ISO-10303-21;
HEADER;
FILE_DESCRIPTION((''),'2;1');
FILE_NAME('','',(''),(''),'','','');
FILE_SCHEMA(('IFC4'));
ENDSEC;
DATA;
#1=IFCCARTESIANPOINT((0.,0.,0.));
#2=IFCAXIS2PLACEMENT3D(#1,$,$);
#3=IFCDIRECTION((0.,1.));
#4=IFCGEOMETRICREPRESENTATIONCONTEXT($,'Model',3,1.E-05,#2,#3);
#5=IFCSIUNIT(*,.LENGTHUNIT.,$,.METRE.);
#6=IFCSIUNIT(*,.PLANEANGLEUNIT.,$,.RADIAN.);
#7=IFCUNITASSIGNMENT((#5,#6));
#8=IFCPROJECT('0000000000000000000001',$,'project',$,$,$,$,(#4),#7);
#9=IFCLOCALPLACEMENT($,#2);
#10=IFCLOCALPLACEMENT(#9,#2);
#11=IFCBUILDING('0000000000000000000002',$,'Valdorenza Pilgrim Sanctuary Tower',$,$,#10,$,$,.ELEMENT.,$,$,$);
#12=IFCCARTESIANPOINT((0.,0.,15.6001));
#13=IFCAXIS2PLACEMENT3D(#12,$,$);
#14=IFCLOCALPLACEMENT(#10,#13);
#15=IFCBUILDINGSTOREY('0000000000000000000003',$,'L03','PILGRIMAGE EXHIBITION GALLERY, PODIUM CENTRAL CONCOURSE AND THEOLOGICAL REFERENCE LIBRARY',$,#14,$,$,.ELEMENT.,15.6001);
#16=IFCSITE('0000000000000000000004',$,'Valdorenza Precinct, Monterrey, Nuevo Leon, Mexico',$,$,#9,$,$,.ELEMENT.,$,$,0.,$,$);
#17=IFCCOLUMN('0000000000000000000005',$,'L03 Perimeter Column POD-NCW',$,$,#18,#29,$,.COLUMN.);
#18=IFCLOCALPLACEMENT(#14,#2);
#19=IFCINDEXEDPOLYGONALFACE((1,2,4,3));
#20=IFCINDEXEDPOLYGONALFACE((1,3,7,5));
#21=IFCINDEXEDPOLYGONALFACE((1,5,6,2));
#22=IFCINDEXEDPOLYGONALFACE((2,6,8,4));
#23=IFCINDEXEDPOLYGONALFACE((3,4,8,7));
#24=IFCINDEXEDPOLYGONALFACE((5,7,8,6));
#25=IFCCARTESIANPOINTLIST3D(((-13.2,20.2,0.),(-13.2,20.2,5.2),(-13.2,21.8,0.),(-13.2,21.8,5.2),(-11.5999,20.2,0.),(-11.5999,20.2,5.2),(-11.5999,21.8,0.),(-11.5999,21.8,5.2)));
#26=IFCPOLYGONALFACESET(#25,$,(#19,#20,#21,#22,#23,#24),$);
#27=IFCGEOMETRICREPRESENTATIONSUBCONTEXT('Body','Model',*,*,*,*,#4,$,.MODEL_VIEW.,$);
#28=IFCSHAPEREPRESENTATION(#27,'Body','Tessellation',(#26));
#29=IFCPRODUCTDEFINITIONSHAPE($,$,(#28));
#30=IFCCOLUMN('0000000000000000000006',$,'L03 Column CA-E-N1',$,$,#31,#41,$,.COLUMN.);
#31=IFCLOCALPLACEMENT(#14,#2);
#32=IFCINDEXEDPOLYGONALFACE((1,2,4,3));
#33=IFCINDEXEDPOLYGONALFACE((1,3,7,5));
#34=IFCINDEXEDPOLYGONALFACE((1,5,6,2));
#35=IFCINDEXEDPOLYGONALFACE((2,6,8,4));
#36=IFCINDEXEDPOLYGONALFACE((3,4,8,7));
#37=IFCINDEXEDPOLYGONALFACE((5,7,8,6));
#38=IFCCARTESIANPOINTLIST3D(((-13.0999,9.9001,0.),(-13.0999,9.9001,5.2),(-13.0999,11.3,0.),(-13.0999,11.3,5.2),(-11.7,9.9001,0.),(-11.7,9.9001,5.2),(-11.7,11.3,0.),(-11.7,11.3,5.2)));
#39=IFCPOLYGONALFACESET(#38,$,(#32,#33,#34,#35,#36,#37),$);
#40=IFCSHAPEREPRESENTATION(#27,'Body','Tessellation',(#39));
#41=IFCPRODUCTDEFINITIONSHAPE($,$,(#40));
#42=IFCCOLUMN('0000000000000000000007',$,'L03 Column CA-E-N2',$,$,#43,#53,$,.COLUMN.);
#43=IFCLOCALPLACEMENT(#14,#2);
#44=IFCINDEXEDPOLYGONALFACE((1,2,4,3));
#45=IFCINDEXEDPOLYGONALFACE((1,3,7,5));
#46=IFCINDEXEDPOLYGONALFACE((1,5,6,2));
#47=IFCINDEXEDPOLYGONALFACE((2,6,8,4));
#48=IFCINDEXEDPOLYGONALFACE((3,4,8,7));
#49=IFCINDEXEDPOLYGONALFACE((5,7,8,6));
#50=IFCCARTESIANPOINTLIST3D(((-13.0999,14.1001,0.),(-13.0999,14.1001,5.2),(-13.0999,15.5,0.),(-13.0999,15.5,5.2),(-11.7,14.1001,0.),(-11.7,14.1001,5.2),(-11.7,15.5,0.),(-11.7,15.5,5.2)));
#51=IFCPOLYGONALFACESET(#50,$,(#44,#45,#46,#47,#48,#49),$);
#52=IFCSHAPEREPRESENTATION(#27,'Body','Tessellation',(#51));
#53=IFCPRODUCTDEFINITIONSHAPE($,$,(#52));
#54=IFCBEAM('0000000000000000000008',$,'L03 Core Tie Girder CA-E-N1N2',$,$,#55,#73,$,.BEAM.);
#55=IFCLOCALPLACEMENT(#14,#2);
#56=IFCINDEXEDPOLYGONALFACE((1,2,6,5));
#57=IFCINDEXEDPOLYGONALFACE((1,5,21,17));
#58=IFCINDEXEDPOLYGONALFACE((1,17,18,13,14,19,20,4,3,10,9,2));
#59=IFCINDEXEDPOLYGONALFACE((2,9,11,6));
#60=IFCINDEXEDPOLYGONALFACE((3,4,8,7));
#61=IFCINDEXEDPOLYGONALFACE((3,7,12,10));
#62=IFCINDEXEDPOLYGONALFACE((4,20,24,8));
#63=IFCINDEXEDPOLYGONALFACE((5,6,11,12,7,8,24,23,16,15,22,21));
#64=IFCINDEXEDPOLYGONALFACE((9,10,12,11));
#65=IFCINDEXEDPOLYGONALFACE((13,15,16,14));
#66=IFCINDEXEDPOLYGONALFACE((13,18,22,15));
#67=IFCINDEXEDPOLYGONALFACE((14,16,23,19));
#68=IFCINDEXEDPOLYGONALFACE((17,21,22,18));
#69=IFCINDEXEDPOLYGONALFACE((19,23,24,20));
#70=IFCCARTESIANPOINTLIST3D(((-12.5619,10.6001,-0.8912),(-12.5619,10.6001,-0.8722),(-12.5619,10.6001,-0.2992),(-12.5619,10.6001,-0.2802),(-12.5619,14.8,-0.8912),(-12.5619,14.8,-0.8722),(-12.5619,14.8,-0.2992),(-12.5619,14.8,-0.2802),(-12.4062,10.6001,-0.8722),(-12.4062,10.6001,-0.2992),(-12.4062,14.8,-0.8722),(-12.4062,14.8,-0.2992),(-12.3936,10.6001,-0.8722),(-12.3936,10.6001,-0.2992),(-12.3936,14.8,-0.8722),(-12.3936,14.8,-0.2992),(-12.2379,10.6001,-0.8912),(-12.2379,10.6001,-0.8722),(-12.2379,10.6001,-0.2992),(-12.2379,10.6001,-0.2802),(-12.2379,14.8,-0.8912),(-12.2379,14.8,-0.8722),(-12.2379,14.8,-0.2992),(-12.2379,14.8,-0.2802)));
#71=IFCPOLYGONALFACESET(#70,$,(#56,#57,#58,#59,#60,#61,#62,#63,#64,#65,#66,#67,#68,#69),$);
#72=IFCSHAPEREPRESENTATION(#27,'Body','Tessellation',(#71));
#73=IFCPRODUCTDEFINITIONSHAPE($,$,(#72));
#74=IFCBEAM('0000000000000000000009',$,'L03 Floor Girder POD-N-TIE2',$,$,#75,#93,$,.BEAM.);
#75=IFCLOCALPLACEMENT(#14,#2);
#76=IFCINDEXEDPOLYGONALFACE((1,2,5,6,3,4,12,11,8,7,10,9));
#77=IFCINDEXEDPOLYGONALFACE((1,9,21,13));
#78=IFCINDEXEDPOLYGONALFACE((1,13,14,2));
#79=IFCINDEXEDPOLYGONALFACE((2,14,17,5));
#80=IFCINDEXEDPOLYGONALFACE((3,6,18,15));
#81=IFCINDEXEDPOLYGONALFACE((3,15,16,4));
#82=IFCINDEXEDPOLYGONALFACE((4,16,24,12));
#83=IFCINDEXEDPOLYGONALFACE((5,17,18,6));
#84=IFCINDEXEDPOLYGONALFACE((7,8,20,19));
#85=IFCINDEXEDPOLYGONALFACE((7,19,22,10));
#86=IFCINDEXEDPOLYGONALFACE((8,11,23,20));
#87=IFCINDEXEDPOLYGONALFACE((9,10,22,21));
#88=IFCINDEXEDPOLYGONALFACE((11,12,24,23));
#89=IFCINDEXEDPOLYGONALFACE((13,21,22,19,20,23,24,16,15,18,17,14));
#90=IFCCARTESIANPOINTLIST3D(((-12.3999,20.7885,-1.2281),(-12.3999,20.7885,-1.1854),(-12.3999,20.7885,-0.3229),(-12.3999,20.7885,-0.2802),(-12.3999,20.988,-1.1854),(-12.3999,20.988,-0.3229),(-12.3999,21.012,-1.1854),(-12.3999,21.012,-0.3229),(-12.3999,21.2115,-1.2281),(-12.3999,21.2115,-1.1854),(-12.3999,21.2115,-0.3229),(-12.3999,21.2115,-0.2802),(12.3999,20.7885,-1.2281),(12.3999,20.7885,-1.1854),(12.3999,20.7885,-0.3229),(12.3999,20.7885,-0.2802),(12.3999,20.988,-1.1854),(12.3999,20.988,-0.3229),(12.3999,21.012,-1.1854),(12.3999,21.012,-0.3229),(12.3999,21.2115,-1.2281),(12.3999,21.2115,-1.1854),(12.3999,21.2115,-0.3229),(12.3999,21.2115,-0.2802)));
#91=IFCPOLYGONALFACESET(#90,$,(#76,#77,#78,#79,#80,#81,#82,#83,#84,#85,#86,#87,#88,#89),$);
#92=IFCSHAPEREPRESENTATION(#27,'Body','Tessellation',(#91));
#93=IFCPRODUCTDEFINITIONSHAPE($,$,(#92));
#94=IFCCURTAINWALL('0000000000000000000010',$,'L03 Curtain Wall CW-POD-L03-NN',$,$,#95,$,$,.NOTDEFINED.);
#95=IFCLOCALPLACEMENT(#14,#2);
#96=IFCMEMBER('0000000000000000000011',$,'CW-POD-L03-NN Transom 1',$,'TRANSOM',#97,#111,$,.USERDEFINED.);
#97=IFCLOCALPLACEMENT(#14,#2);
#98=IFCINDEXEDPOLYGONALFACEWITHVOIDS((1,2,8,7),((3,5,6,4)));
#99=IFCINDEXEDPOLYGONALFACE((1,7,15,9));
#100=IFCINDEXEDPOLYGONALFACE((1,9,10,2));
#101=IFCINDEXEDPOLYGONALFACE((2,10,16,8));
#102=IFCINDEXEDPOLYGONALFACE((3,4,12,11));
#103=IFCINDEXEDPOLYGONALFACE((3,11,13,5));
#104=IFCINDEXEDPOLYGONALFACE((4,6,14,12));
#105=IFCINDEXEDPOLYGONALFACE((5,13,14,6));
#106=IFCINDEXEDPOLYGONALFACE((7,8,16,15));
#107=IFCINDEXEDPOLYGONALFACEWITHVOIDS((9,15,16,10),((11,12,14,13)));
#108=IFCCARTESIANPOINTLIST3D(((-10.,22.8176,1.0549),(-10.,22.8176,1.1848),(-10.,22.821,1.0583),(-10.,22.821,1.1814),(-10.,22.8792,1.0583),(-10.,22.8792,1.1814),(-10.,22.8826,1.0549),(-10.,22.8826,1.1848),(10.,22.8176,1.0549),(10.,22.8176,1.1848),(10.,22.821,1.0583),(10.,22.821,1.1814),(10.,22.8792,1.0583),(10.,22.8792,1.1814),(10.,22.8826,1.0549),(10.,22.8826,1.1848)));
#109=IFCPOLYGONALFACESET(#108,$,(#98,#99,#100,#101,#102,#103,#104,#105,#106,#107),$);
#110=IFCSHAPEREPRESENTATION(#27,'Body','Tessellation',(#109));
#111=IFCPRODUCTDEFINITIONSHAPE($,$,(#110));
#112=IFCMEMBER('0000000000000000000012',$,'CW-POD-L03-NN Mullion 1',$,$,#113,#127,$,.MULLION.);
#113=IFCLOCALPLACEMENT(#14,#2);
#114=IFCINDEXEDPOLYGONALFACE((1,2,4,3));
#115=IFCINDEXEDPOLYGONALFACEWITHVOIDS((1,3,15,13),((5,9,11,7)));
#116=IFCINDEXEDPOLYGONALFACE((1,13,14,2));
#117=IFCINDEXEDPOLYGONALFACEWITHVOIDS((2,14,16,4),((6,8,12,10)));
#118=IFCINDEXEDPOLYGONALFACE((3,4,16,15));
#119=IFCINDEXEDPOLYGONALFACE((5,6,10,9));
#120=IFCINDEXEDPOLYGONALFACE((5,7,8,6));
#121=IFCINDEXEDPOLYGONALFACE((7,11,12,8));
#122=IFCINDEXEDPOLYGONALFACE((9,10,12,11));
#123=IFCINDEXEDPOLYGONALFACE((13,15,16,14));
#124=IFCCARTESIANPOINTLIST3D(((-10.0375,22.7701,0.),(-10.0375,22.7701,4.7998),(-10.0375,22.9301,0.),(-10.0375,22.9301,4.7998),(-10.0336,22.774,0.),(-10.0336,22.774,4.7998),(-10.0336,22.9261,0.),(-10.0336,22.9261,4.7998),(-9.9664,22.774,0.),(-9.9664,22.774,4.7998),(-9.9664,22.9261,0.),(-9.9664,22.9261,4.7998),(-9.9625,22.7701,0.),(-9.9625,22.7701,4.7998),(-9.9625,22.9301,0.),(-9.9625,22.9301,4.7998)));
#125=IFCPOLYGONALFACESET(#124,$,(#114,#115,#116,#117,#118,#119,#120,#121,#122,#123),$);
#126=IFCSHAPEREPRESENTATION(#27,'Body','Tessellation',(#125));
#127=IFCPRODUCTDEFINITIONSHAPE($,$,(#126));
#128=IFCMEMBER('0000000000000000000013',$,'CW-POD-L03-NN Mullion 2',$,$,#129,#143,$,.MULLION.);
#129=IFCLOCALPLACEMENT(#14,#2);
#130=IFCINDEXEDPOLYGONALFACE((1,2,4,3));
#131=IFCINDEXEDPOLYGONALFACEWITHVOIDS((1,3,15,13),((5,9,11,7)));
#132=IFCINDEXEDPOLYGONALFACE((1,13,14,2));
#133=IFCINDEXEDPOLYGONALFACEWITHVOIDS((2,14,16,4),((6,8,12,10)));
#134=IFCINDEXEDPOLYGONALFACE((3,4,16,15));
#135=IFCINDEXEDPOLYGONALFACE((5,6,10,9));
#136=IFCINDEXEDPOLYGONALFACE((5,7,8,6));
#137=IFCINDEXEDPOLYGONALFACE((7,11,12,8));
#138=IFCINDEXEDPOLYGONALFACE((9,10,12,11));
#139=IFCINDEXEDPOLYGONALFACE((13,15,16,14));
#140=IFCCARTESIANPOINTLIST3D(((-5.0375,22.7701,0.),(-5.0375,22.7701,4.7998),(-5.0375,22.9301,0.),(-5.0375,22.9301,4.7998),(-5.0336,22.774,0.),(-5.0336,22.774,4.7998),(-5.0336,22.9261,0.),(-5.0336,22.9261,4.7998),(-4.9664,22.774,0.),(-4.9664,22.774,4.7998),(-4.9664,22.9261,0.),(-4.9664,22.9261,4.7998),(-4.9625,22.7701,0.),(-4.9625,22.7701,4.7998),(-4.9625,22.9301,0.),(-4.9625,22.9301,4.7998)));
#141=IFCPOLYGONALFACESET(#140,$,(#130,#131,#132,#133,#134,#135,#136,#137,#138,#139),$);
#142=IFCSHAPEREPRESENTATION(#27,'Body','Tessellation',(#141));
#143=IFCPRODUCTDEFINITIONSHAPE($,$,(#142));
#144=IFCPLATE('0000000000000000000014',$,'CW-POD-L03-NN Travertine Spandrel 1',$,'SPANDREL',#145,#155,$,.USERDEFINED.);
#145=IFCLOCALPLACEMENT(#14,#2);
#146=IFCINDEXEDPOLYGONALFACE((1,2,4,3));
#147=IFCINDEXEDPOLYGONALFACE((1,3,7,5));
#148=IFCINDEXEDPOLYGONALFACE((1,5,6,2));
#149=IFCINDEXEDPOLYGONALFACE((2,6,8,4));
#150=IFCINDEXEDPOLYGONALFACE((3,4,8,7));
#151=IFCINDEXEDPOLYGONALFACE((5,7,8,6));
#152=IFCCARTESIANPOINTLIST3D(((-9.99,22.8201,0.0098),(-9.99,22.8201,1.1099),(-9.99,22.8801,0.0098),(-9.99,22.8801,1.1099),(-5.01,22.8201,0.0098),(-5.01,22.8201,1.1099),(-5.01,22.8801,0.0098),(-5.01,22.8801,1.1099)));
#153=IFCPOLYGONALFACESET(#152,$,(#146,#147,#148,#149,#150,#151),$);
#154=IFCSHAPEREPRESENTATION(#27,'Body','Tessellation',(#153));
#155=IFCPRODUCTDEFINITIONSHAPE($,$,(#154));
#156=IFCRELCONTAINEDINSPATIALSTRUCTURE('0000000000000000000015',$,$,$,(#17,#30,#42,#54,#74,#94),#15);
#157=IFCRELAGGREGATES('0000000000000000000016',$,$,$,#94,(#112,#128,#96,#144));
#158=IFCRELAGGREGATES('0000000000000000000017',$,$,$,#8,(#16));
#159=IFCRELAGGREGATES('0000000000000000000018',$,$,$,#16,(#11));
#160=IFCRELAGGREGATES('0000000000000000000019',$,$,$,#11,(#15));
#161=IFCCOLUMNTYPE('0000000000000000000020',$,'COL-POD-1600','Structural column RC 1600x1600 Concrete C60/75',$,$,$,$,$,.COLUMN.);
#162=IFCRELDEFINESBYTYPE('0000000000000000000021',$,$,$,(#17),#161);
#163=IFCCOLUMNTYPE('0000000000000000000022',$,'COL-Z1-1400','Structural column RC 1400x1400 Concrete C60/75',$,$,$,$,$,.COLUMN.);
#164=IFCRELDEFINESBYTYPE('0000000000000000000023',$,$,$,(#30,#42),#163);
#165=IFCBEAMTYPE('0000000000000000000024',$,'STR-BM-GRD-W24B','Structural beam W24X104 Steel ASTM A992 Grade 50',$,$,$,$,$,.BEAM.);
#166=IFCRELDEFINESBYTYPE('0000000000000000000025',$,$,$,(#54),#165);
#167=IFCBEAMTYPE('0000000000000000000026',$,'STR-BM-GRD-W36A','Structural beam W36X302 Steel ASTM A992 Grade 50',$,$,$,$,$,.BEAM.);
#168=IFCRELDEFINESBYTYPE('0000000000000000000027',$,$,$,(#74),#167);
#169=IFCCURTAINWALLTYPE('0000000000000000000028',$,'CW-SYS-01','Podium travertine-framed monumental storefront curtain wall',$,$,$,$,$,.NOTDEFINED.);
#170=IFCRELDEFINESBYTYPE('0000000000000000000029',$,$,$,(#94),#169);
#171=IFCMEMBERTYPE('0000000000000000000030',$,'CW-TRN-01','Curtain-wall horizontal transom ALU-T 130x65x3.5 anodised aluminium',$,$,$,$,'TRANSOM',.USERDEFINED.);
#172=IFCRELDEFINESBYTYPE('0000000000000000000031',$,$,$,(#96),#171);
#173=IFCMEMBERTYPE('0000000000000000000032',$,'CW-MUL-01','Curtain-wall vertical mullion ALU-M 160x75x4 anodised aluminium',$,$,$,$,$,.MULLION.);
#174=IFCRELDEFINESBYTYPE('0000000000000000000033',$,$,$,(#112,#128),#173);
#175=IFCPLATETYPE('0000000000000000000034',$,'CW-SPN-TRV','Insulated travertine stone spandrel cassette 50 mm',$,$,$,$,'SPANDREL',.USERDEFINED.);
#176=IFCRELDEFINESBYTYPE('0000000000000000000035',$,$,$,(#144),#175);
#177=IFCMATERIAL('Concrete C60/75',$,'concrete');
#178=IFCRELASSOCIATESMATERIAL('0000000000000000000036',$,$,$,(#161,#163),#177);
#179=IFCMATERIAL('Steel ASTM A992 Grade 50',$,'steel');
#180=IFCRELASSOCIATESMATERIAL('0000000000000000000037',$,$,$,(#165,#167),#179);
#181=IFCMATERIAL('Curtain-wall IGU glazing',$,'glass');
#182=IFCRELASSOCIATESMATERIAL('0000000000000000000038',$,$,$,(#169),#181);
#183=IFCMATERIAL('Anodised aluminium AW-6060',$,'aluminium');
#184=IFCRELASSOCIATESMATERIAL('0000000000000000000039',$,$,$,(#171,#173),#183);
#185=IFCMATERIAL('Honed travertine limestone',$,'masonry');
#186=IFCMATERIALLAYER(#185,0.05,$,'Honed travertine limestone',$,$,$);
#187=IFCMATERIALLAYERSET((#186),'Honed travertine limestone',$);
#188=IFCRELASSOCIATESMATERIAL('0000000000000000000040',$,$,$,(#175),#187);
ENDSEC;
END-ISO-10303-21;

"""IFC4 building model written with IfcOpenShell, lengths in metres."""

from ifc_helpers import new_model, si_unit, direction, frame, origin, origin_2d, place, context, subcontext, project, spatial, rectangle, hollow_rectangle, i_section, extrude, source, transform, mapped, material, layer, layer_set, material_profile, profile_set, type_object, element, aggregate, save


model = new_model("IFC4")

# Units and contexts
model_context = context("Model", 3, precision=1e-05, world=origin(), true_north=direction((0.0, 1.0)))
body_context = subcontext(model_context, "Body", "Model", "MODEL_VIEW")
ifc_project = project(units=[si_unit("LENGTHUNIT", "METRE"), si_unit("PLANEANGLEUNIT", "RADIAN")], contexts=[model_context])

# Site, building, storey
site_placement = place(None, origin())
site = spatial("IfcSite", under=ifc_project, at=site_placement, Name="Valdorenza Precinct, Monterrey, Nuevo Leon, Mexico", CompositionType="ELEMENT", RefElevation=0.0)
building_placement = place(site_placement, origin())
building = spatial("IfcBuilding", under=site, at=building_placement, Name="Valdorenza Pilgrim Sanctuary Tower", CompositionType="ELEMENT")
storey_placement = place(building_placement, frame((0.0, 0.0, 15.6001)))
storey = spatial("IfcBuildingStorey", under=building, at=storey_placement, Name="L03", Description="PILGRIMAGE EXHIBITION GALLERY, PODIUM CENTRAL CONCOURSE AND THEOLOGICAL REFERENCE LIBRARY", CompositionType="ELEMENT", Elevation=15.6001)

# Columns
ifc_material_1 = material(Name="Concrete C60/75", Category="concrete")
ifc_material_profile_1 = material_profile(ifc_material_1, rectangle(XDim=1.6001, YDim=1.6001, at=origin_2d()), Name="RC 1600x1600")
ifc_profile_set_1 = profile_set([ifc_material_profile_1], Name="Concrete C60/75")
column_type_1 = type_object("IfcColumnType", Name="COL-POD-1600", Description="Structural column RC 1600x1600 Concrete C60/75", PredefinedType="COLUMN", material=ifc_profile_set_1)
shared_shape_1 = source(origin(), body_context, "Body", "SweptSolid", [
    extrude(rectangle(XDim=1.6001, YDim=1.6001, at=origin_2d()), origin(), (0.0, 0.0, 1.0), 5.2),
])
column_placement = place(storey_placement, frame((-12.3999, 21.0, 0.0), z_axis=(0.0, 0.0, 1.0), x_axis=(1.0, 0.0, 0.0)))
element("IfcColumn", 1, at=column_placement, inside=storey, type_object=column_type_1, Name="L03 Perimeter Column POD-NCW", PredefinedType="COLUMN", context=body_context, shape_type="MappedRepresentation", body=[
    mapped(shared_shape_1, transform((0.0, 0.0, 0.0), x_axis=(1.0, 0.0, 0.0), y_axis=(0.0, 1.0, 0.0), z_axis=(0.0, 0.0, 1.0), scale=1.0)),
])
ifc_material_profile_2 = material_profile(ifc_material_1, rectangle(XDim=1.3999, YDim=1.3999, at=origin_2d()), Name="RC 1400x1400")
ifc_profile_set_2 = profile_set([ifc_material_profile_2], Name="Concrete C60/75")
column_type_2 = type_object("IfcColumnType", Name="COL-Z1-1400", Description="Structural column RC 1400x1400 Concrete C60/75", PredefinedType="COLUMN", material=ifc_profile_set_2)
shared_shape_2 = source(origin(), body_context, "Body", "SweptSolid", [
    extrude(rectangle(XDim=1.3999, YDim=1.3999, at=origin_2d()), origin(), (0.0, 0.0, 1.0), 5.2),
])
for number, where, z_axis, x_axis, name in (
    (2, (-12.3999, 10.6001, 0.0), (0.0, 0.0, 1.0), (1.0, 0.0, 0.0), "L03 Column CA-E-N1"),
    (3, (-12.3999, 14.8, 0.0), (0.0, 0.0, 1.0), (1.0, 0.0, 0.0), "L03 Column CA-E-N2"),
):
    element("IfcColumn", number, at=place(storey_placement, frame(where, z_axis=z_axis, x_axis=x_axis)), inside=storey, type_object=column_type_2, Name=name, PredefinedType="COLUMN", context=body_context, shape_type="MappedRepresentation", body=[
        mapped(shared_shape_2, transform((0.0, 0.0, 0.0), x_axis=(1.0, 0.0, 0.0), y_axis=(0.0, 1.0, 0.0), z_axis=(0.0, 0.0, 1.0), scale=1.0)),
    ])

# Beams
ifc_material_2 = material(Name="Steel ASTM A992 Grade 50", Category="steel")
ifc_material_profile_3 = material_profile(ifc_material_2, i_section(OverallWidth=0.324, OverallDepth=0.6111, WebThickness=0.0127, FlangeThickness=0.019, at=origin_2d()), Name="W24X104")
ifc_profile_set_3 = profile_set([ifc_material_profile_3], Name="Steel ASTM A992 Grade 50")
beam_type_1 = type_object("IfcBeamType", Name="STR-BM-GRD-W24B", Description="Structural beam W24X104 Steel ASTM A992 Grade 50", PredefinedType="BEAM", material=ifc_profile_set_3)
shared_shape_3 = source(origin(), body_context, "Body", "SweptSolid", [
    extrude(i_section(OverallWidth=0.324, OverallDepth=0.6111, WebThickness=0.0127, FlangeThickness=0.019, at=origin_2d()), origin(), (0.0, 0.0, 1.0), 4.2),
])
beam_1_placement = place(storey_placement, frame((-12.3999, 10.6001, -0.5857), z_axis=(0.0, 1.0, 0.0), x_axis=(-1.0, 0.0, 0.0)))
element("IfcBeam", 4, at=beam_1_placement, inside=storey, type_object=beam_type_1, Name="L03 Core Tie Girder CA-E-N1N2", PredefinedType="BEAM", context=body_context, shape_type="MappedRepresentation", body=[
    mapped(shared_shape_3, transform((0.0, 0.0, 0.0), x_axis=(1.0, 0.0, 0.0), y_axis=(0.0, 1.0, 0.0), z_axis=(0.0, 0.0, 1.0), scale=1.0)),
])
ifc_material_profile_4 = material_profile(ifc_material_2, i_section(OverallWidth=0.4231, OverallDepth=0.948, WebThickness=0.0239, FlangeThickness=0.0427, at=origin_2d()), Name="W36X302")
ifc_profile_set_4 = profile_set([ifc_material_profile_4], Name="Steel ASTM A992 Grade 50")
beam_type_2 = type_object("IfcBeamType", Name="STR-BM-GRD-W36A", Description="Structural beam W36X302 Steel ASTM A992 Grade 50", PredefinedType="BEAM", material=ifc_profile_set_4)
shared_shape_4 = source(origin(), body_context, "Body", "SweptSolid", [
    extrude(i_section(OverallWidth=0.4231, OverallDepth=0.948, WebThickness=0.0239, FlangeThickness=0.0427, at=origin_2d()), origin(), (0.0, 0.0, 1.0), 24.7998),
])
beam_2_placement = place(storey_placement, frame((-12.3999, 21.0, -0.7542), z_axis=(1.0, 0.0, 0.0), x_axis=(0.0, 1.0, 0.0)))
element("IfcBeam", 5, at=beam_2_placement, inside=storey, type_object=beam_type_2, Name="L03 Floor Girder POD-N-TIE2", PredefinedType="BEAM", context=body_context, shape_type="MappedRepresentation", body=[
    mapped(shared_shape_4, transform((0.0, 0.0, 0.0), x_axis=(1.0, 0.0, 0.0), y_axis=(0.0, 1.0, 0.0), z_axis=(0.0, 0.0, 1.0), scale=1.0)),
])

# Curtain wall, members, plate
ifc_material_3 = material(Name="Curtain-wall IGU glazing", Category="glass")
curtain_wall_type = type_object("IfcCurtainWallType", Name="CW-SYS-01", Description="Podium travertine-framed monumental storefront curtain wall", PredefinedType="NOTDEFINED", material=ifc_material_3)
curtain_wall_placement = place(storey_placement, origin())
curtain_wall = element("IfcCurtainWall", 6, at=curtain_wall_placement, inside=storey, type_object=curtain_wall_type, Name="L03 Curtain Wall CW-POD-L03-NN", PredefinedType="NOTDEFINED")
ifc_material_4 = material(Name="Anodised aluminium AW-6060", Category="aluminium")
ifc_material_profile_5 = material_profile(ifc_material_4, hollow_rectangle(XDim=0.0649, YDim=0.1299, WallThickness=0.0034, at=origin_2d()), Name="ALU-T 130x65x3.5")
ifc_profile_set_5 = profile_set([ifc_material_profile_5], Name="Anodised aluminium AW-6060")
member_type_1 = type_object("IfcMemberType", Name="CW-TRN-01", Description="Curtain-wall horizontal transom ALU-T 130x65x3.5 anodised aluminium", ElementType="TRANSOM", PredefinedType="USERDEFINED", material=ifc_profile_set_5)
shared_shape_5 = source(origin(), body_context, "Body", "SweptSolid", [
    extrude(hollow_rectangle(XDim=0.0649, YDim=0.1299, WallThickness=0.0034, at=origin_2d()), origin(), (0.0, 0.0, 1.0), 20.0),
])
member_1_placement = place(storey_placement, frame((-10.0, 22.8501, 1.1199), z_axis=(1.0, 0.0, 0.0), x_axis=(0.0, 1.0, 0.0)))
member_1 = element("IfcMember", 7, at=member_1_placement, type_object=member_type_1, Name="CW-POD-L03-NN Transom 1", ObjectType="TRANSOM", PredefinedType="USERDEFINED", context=body_context, shape_type="MappedRepresentation", body=[
    mapped(shared_shape_5, transform((0.0, 0.0, 0.0), x_axis=(1.0, 0.0, 0.0), y_axis=(0.0, 1.0, 0.0), z_axis=(0.0, 0.0, 1.0), scale=1.0)),
])
ifc_material_profile_6 = material_profile(ifc_material_4, hollow_rectangle(XDim=0.075, YDim=0.1599, WallThickness=0.0039, at=origin_2d()), Name="ALU-M 160x75x4")
ifc_profile_set_6 = profile_set([ifc_material_profile_6], Name="Anodised aluminium AW-6060")
member_type_2 = type_object("IfcMemberType", Name="CW-MUL-01", Description="Curtain-wall vertical mullion ALU-M 160x75x4 anodised aluminium", PredefinedType="MULLION", material=ifc_profile_set_6)
shared_shape_6 = source(origin(), body_context, "Body", "SweptSolid", [
    extrude(hollow_rectangle(XDim=0.075, YDim=0.1599, WallThickness=0.0039, at=origin_2d()), origin(), (0.0, 0.0, 1.0), 4.7998),
])
member_2_placement = place(storey_placement, frame((-10.0, 22.8501, 0.0), z_axis=(0.0, 0.0, 1.0), x_axis=(1.0, 0.0, 0.0)))
member_2 = element("IfcMember", 8, at=member_2_placement, type_object=member_type_2, Name="CW-POD-L03-NN Mullion 1", PredefinedType="MULLION", context=body_context, shape_type="MappedRepresentation", body=[
    mapped(shared_shape_6, transform((0.0, 0.0, 0.0), x_axis=(1.0, 0.0, 0.0), y_axis=(0.0, 1.0, 0.0), z_axis=(0.0, 0.0, 1.0), scale=1.0)),
])
member_3_placement = place(storey_placement, frame((-5.0, 22.8501, 0.0), z_axis=(0.0, 0.0, 1.0), x_axis=(1.0, 0.0, 0.0)))
member_3 = element("IfcMember", 9, at=member_3_placement, type_object=member_type_2, Name="CW-POD-L03-NN Mullion 2", PredefinedType="MULLION", context=body_context, shape_type="MappedRepresentation", body=[
    mapped(shared_shape_6, transform((0.0, 0.0, 0.0), x_axis=(1.0, 0.0, 0.0), y_axis=(0.0, 1.0, 0.0), z_axis=(0.0, 0.0, 1.0), scale=1.0)),
])
ifc_material_5 = material(Name="Honed travertine limestone", Category="masonry")
ifc_layer_1 = layer(ifc_material_5, 0.05, Name="Honed travertine limestone")
ifc_layer_set_1 = layer_set([ifc_layer_1], Name="Honed travertine limestone")
plate_type_1 = type_object("IfcPlateType", Name="CW-SPN-TRV", Description="Insulated travertine stone spandrel cassette 50 mm", ElementType="SPANDREL", PredefinedType="USERDEFINED", material=ifc_layer_set_1)
shared_shape_7 = source(origin(), body_context, "Body", "SweptSolid", [
    extrude(rectangle(XDim=4.98, YDim=0.0601, at=origin_2d()), origin(), (0.0, 0.0, 1.0), 1.1001),
])
plate_1_placement = place(storey_placement, frame((-7.5, 22.8501, 0.0098), z_axis=(0.0, 0.0, 1.0), x_axis=(1.0, 0.0, 0.0)))
plate_1 = element("IfcPlate", 10, at=plate_1_placement, type_object=plate_type_1, Name="CW-POD-L03-NN Travertine Spandrel 1", ObjectType="SPANDREL", PredefinedType="USERDEFINED", context=body_context, shape_type="MappedRepresentation", body=[
    mapped(shared_shape_7, transform((0.0, 0.0, 0.0), x_axis=(1.0, 0.0, 0.0), y_axis=(0.0, 1.0, 0.0), z_axis=(0.0, 0.0, 1.0), scale=1.0)),
])
aggregate(curtain_wall, [member_2, member_3, member_1, plate_1])

save(model, "model.ifc")
